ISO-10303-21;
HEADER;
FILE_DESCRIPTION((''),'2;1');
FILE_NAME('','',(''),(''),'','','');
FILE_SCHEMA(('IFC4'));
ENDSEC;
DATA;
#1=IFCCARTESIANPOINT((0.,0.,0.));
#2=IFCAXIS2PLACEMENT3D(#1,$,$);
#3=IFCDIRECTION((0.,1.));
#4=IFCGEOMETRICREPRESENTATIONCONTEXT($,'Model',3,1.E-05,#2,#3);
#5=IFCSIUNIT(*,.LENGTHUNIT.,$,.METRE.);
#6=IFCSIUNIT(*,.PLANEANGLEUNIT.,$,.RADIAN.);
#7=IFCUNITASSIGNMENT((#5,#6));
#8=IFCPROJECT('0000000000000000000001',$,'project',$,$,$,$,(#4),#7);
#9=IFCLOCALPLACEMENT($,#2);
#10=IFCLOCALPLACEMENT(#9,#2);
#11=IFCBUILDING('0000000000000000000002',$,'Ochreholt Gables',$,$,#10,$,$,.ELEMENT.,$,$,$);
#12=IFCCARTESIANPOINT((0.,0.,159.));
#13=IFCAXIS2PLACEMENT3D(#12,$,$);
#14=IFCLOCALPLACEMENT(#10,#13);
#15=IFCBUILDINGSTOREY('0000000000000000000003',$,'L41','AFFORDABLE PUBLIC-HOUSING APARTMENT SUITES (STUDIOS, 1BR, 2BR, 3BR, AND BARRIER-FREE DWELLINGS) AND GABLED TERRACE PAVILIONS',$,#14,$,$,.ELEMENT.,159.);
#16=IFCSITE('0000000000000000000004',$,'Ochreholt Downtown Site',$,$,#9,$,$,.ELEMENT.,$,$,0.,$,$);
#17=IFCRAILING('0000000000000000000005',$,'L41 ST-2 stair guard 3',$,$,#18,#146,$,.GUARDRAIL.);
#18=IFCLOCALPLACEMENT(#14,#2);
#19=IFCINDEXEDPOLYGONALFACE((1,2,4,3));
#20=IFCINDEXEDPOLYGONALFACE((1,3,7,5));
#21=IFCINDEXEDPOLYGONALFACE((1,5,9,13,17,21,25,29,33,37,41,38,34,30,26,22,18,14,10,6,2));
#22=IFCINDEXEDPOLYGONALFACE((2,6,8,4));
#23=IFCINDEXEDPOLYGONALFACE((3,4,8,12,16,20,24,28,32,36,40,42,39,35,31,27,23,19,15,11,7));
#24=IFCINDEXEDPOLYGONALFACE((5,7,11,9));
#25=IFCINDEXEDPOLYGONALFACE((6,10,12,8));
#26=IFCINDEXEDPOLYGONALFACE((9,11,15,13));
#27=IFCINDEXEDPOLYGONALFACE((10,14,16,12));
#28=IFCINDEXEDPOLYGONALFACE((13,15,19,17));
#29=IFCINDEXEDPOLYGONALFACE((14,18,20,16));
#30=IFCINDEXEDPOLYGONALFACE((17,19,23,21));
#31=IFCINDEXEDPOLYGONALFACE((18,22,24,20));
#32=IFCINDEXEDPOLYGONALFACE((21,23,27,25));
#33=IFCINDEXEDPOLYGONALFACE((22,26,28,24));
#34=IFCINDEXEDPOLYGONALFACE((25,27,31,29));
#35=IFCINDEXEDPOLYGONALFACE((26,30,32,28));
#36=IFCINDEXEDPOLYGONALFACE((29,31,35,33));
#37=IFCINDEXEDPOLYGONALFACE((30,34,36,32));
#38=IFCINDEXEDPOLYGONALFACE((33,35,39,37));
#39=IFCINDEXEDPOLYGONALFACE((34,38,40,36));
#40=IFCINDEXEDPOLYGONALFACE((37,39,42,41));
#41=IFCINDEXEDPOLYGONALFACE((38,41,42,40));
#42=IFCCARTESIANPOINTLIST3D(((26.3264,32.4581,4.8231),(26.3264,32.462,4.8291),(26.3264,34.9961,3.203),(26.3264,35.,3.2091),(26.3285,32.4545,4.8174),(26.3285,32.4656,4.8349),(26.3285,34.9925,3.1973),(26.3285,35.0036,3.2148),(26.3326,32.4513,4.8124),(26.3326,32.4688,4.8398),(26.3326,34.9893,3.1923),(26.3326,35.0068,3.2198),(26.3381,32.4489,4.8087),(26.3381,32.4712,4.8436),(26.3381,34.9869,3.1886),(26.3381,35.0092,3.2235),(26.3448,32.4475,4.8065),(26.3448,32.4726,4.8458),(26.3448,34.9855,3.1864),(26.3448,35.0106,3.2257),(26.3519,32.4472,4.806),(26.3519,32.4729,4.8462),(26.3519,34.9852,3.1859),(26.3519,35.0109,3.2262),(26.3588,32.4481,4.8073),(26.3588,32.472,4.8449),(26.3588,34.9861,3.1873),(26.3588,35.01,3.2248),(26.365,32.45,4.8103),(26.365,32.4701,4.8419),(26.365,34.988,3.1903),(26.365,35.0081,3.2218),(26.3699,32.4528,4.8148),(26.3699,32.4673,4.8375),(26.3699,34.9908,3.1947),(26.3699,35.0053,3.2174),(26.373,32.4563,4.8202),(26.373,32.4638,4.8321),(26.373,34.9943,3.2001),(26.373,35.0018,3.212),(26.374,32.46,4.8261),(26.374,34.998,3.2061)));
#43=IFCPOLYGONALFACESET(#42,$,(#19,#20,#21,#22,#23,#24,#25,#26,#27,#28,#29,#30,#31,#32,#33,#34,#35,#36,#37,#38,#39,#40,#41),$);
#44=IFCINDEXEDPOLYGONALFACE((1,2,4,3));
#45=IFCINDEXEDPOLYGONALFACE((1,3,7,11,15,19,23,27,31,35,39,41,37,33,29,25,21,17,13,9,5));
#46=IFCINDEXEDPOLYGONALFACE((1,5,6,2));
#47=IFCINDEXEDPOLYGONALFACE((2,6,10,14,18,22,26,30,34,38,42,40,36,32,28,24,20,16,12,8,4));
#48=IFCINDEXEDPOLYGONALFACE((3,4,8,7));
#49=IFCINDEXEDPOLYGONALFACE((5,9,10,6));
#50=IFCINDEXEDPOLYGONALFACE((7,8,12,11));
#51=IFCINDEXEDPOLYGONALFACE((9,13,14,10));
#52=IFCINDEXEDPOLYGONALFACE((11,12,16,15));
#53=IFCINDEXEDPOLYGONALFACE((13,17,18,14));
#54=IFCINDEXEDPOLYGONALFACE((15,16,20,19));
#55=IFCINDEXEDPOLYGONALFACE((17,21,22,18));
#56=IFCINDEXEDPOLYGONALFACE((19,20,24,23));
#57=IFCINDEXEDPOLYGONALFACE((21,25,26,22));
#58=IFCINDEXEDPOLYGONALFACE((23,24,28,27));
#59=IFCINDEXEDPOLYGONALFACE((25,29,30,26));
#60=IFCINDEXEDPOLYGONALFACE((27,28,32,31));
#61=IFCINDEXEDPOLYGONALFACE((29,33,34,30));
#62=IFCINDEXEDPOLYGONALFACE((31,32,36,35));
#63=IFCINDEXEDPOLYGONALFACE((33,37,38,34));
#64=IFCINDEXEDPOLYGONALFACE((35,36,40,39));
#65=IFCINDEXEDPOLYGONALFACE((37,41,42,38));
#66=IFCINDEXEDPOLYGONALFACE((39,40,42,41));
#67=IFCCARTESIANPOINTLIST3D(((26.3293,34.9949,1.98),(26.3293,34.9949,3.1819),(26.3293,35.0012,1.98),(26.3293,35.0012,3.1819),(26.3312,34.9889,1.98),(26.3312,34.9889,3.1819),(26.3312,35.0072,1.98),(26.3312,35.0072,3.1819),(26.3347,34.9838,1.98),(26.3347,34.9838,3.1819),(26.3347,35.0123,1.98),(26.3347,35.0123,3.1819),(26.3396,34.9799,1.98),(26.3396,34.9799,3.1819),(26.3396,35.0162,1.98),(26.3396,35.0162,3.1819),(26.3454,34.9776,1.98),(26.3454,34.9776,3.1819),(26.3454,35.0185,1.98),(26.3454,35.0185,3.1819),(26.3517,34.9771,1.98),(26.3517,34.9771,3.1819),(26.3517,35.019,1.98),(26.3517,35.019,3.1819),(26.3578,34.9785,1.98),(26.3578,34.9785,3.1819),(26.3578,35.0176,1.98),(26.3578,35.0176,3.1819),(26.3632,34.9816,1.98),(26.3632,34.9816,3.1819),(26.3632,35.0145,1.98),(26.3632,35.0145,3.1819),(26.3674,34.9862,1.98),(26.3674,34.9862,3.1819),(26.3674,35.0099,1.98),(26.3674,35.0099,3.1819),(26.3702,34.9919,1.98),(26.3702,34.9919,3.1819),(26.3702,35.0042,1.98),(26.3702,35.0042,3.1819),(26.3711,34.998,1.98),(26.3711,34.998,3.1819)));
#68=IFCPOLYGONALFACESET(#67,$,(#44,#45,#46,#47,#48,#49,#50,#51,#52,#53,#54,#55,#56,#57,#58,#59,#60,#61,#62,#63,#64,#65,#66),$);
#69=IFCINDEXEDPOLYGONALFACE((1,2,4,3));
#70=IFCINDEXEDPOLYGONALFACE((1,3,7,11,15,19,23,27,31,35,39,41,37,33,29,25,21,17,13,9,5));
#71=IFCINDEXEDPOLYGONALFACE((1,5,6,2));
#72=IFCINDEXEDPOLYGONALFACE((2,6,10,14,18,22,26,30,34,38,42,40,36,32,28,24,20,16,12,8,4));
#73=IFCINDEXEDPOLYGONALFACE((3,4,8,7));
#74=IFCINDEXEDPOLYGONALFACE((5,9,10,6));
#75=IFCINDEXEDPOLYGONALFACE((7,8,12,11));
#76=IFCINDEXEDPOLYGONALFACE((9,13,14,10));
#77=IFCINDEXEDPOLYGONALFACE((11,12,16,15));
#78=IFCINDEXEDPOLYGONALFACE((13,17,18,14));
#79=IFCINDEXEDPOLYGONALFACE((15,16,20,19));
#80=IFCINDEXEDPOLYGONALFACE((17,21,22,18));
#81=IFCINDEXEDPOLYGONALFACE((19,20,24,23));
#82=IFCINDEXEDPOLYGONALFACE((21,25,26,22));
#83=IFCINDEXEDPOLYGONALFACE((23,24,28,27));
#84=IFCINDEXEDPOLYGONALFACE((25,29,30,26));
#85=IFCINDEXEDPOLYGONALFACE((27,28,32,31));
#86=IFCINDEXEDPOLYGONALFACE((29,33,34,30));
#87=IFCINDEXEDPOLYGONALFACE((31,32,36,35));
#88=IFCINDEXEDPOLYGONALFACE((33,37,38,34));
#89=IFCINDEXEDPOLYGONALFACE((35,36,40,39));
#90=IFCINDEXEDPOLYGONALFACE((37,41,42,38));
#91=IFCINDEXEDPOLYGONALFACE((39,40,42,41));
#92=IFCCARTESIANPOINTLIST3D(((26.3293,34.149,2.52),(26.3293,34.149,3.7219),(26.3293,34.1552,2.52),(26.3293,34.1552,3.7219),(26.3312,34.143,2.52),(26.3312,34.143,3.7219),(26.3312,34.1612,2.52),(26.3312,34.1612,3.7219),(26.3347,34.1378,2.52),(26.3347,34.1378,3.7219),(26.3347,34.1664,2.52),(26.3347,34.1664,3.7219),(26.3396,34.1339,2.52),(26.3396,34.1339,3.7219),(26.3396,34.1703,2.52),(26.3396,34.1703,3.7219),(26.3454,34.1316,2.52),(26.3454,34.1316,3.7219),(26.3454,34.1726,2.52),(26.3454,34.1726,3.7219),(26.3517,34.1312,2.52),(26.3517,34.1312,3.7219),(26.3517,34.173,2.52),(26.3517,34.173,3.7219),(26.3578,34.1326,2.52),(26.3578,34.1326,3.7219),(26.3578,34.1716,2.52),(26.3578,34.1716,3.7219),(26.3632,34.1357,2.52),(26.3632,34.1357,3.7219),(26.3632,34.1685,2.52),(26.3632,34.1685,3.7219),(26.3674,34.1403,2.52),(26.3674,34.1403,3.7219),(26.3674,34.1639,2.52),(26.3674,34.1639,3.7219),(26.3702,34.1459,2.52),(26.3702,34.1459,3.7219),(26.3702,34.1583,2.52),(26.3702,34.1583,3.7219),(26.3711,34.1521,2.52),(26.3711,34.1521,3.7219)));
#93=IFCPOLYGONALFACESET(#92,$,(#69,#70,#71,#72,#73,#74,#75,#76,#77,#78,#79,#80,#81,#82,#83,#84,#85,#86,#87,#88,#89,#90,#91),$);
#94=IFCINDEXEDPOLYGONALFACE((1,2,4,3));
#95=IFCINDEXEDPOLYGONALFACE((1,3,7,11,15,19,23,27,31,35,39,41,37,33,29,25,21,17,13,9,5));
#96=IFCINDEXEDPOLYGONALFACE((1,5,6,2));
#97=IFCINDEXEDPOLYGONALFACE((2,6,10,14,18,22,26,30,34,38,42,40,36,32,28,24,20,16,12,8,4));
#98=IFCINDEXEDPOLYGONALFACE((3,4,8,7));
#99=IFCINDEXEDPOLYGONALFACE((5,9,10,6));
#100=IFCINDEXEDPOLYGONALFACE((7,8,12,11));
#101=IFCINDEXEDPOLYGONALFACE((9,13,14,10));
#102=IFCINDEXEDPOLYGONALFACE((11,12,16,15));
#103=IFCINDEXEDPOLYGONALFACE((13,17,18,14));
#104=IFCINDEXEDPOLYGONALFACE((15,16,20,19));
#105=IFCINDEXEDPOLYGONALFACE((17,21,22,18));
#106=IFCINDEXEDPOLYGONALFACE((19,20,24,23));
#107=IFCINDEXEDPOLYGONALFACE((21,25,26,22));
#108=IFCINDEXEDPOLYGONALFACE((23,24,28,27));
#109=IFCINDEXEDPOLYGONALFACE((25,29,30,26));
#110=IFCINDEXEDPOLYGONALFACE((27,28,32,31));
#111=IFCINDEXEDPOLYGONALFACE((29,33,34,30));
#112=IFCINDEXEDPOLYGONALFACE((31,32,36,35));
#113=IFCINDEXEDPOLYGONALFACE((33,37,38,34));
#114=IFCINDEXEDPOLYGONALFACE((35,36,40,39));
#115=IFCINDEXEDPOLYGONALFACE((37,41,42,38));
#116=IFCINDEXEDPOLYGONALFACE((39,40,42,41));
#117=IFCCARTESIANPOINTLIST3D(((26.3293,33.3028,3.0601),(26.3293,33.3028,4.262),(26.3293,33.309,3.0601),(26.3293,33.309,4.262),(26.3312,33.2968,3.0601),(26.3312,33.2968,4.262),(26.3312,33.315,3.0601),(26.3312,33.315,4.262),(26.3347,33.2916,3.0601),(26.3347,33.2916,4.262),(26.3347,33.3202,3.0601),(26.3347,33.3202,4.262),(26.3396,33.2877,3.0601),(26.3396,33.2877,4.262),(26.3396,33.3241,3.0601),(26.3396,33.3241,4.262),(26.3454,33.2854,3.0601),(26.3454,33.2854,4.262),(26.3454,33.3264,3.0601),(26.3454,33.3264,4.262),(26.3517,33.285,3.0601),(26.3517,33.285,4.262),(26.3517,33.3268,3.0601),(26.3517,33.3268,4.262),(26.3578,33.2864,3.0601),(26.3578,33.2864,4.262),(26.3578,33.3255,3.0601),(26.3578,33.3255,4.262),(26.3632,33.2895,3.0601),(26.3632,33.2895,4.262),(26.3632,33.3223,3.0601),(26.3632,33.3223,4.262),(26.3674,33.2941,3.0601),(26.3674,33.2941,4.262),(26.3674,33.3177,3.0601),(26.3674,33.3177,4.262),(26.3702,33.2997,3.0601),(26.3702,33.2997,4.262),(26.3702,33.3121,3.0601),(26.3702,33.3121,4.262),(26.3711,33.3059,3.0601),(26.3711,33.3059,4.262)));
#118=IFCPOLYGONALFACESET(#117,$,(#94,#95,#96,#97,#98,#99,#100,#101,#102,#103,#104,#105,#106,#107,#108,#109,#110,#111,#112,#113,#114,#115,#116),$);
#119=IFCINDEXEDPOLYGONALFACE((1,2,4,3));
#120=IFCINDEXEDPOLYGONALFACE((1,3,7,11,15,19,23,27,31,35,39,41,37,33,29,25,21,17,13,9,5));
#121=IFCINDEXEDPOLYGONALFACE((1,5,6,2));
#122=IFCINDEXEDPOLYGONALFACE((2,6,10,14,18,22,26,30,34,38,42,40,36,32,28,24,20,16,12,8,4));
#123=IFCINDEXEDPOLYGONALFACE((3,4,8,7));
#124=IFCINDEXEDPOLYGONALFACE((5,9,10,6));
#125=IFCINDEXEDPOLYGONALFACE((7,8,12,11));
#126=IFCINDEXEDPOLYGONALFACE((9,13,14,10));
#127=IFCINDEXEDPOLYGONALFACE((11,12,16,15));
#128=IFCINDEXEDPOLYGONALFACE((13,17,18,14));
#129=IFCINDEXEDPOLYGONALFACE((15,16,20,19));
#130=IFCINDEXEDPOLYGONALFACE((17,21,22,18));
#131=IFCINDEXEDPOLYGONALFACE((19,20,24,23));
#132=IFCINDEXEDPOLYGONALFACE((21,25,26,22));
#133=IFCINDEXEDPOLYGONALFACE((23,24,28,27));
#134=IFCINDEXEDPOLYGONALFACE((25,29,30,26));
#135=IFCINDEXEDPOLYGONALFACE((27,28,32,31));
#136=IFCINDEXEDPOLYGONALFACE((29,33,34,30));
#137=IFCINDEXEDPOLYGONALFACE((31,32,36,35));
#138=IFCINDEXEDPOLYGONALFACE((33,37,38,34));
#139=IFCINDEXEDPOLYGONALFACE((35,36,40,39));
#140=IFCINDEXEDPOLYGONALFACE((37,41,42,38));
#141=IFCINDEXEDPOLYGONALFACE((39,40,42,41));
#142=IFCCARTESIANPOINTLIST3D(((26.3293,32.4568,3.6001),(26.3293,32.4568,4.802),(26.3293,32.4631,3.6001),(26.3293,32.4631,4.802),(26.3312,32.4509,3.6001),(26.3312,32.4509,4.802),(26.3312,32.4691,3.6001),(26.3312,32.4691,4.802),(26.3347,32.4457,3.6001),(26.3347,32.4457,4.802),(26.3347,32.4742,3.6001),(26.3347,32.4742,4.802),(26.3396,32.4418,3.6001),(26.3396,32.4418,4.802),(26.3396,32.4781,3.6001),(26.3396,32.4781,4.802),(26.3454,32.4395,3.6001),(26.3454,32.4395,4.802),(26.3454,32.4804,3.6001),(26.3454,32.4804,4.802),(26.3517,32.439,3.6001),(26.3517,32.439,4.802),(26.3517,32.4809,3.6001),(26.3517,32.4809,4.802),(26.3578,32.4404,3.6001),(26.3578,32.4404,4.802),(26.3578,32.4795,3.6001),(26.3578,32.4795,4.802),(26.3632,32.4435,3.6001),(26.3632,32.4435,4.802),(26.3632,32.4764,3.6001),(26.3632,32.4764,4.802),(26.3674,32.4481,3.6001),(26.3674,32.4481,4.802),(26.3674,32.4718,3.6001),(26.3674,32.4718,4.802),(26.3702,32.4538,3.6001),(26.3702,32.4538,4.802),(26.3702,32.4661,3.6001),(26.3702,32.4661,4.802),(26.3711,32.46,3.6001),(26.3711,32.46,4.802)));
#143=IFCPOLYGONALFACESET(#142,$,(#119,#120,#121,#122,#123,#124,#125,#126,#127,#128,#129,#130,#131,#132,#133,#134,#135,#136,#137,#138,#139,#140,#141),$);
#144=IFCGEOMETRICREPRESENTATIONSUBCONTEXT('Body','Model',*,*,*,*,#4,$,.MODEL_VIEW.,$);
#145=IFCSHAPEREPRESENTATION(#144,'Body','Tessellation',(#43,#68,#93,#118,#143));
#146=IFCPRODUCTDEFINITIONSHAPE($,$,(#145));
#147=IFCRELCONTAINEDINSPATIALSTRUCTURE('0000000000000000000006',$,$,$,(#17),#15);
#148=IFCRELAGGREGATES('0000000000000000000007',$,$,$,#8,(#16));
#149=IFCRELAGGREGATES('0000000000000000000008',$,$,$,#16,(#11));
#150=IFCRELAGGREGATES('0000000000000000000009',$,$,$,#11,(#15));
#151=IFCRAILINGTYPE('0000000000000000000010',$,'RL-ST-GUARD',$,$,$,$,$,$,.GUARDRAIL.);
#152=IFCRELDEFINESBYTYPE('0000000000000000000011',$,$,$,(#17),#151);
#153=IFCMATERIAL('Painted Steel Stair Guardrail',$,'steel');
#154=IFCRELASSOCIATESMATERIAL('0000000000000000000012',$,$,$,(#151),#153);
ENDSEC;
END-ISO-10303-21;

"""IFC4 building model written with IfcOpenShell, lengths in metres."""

from ifc_helpers import new_model, si_unit, direction, frame, origin, origin_2d, place, context, subcontext, project, spatial, circle, extrude, material, type_object, element, save


model = new_model("IFC4")

# Units and contexts
model_context = context("Model", 3, precision=1e-05, world=origin(), true_north=direction((0.0, 1.0)))
body_context = subcontext(model_context, "Body", "Model", "MODEL_VIEW")
ifc_project = project(units=[si_unit("LENGTHUNIT", "METRE"), si_unit("PLANEANGLEUNIT", "RADIAN")], contexts=[model_context])

# Site, building, storey
site_placement = place(None, origin())
site = spatial("IfcSite", under=ifc_project, at=site_placement, Name="Ochreholt Downtown Site", CompositionType="ELEMENT", RefElevation=0.0)
building_placement = place(site_placement, origin())
building = spatial("IfcBuilding", under=site, at=building_placement, Name="Ochreholt Gables", CompositionType="ELEMENT")
storey_placement = place(building_placement, frame((0.0, 0.0, 159.0)))
storey = spatial("IfcBuildingStorey", under=building, at=storey_placement, Name="L41", Description="AFFORDABLE PUBLIC-HOUSING APARTMENT SUITES (STUDIOS, 1BR, 2BR, 3BR, AND BARRIER-FREE DWELLINGS) AND GABLED TERRACE PAVILIONS", CompositionType="ELEMENT", Elevation=159.0)

# Railing
ifc_material_1 = material(Name="Painted Steel Stair Guardrail", Category="steel")
railing_type_1 = type_object("IfcRailingType", Name="RL-ST-GUARD", PredefinedType="GUARDRAIL", material=ifc_material_1)
railing_1_placement = place(storey_placement, frame((26.3501, 34.998, 1.98)))
element("IfcRailing", 1, at=railing_1_placement, inside=storey, type_object=railing_type_1, Name="L41 ST-2 stair guard 3", PredefinedType="GUARDRAIL", context=body_context, shape_type="SweptSolid", body=[
    extrude(circle(Radius=0.0239, at=origin_2d()), frame((0.0, 0.0, 1.2261), z_axis=(0.0, -0.842913, 0.53805), x_axis=(1.0, 0.0, 0.0)), (0.0, 0.0, 1.0), 3.011),
    extrude(circle(Radius=0.021, at=origin_2d()), origin(), (0.0, 0.0, 1.0), 1.2019),
    extrude(circle(Radius=0.021, at=origin_2d()), frame((0.0, -0.8459, 0.54)), (0.0, 0.0, 1.0), 1.2019),
    extrude(circle(Radius=0.021, at=origin_2d()), frame((0.0, -1.6921, 1.0801)), (0.0, 0.0, 1.0), 1.2019),
    extrude(circle(Radius=0.021, at=origin_2d()), frame((0.0, -2.5381, 1.6201)), (0.0, 0.0, 1.0), 1.2019),
])

save(model, "model.ifc")
